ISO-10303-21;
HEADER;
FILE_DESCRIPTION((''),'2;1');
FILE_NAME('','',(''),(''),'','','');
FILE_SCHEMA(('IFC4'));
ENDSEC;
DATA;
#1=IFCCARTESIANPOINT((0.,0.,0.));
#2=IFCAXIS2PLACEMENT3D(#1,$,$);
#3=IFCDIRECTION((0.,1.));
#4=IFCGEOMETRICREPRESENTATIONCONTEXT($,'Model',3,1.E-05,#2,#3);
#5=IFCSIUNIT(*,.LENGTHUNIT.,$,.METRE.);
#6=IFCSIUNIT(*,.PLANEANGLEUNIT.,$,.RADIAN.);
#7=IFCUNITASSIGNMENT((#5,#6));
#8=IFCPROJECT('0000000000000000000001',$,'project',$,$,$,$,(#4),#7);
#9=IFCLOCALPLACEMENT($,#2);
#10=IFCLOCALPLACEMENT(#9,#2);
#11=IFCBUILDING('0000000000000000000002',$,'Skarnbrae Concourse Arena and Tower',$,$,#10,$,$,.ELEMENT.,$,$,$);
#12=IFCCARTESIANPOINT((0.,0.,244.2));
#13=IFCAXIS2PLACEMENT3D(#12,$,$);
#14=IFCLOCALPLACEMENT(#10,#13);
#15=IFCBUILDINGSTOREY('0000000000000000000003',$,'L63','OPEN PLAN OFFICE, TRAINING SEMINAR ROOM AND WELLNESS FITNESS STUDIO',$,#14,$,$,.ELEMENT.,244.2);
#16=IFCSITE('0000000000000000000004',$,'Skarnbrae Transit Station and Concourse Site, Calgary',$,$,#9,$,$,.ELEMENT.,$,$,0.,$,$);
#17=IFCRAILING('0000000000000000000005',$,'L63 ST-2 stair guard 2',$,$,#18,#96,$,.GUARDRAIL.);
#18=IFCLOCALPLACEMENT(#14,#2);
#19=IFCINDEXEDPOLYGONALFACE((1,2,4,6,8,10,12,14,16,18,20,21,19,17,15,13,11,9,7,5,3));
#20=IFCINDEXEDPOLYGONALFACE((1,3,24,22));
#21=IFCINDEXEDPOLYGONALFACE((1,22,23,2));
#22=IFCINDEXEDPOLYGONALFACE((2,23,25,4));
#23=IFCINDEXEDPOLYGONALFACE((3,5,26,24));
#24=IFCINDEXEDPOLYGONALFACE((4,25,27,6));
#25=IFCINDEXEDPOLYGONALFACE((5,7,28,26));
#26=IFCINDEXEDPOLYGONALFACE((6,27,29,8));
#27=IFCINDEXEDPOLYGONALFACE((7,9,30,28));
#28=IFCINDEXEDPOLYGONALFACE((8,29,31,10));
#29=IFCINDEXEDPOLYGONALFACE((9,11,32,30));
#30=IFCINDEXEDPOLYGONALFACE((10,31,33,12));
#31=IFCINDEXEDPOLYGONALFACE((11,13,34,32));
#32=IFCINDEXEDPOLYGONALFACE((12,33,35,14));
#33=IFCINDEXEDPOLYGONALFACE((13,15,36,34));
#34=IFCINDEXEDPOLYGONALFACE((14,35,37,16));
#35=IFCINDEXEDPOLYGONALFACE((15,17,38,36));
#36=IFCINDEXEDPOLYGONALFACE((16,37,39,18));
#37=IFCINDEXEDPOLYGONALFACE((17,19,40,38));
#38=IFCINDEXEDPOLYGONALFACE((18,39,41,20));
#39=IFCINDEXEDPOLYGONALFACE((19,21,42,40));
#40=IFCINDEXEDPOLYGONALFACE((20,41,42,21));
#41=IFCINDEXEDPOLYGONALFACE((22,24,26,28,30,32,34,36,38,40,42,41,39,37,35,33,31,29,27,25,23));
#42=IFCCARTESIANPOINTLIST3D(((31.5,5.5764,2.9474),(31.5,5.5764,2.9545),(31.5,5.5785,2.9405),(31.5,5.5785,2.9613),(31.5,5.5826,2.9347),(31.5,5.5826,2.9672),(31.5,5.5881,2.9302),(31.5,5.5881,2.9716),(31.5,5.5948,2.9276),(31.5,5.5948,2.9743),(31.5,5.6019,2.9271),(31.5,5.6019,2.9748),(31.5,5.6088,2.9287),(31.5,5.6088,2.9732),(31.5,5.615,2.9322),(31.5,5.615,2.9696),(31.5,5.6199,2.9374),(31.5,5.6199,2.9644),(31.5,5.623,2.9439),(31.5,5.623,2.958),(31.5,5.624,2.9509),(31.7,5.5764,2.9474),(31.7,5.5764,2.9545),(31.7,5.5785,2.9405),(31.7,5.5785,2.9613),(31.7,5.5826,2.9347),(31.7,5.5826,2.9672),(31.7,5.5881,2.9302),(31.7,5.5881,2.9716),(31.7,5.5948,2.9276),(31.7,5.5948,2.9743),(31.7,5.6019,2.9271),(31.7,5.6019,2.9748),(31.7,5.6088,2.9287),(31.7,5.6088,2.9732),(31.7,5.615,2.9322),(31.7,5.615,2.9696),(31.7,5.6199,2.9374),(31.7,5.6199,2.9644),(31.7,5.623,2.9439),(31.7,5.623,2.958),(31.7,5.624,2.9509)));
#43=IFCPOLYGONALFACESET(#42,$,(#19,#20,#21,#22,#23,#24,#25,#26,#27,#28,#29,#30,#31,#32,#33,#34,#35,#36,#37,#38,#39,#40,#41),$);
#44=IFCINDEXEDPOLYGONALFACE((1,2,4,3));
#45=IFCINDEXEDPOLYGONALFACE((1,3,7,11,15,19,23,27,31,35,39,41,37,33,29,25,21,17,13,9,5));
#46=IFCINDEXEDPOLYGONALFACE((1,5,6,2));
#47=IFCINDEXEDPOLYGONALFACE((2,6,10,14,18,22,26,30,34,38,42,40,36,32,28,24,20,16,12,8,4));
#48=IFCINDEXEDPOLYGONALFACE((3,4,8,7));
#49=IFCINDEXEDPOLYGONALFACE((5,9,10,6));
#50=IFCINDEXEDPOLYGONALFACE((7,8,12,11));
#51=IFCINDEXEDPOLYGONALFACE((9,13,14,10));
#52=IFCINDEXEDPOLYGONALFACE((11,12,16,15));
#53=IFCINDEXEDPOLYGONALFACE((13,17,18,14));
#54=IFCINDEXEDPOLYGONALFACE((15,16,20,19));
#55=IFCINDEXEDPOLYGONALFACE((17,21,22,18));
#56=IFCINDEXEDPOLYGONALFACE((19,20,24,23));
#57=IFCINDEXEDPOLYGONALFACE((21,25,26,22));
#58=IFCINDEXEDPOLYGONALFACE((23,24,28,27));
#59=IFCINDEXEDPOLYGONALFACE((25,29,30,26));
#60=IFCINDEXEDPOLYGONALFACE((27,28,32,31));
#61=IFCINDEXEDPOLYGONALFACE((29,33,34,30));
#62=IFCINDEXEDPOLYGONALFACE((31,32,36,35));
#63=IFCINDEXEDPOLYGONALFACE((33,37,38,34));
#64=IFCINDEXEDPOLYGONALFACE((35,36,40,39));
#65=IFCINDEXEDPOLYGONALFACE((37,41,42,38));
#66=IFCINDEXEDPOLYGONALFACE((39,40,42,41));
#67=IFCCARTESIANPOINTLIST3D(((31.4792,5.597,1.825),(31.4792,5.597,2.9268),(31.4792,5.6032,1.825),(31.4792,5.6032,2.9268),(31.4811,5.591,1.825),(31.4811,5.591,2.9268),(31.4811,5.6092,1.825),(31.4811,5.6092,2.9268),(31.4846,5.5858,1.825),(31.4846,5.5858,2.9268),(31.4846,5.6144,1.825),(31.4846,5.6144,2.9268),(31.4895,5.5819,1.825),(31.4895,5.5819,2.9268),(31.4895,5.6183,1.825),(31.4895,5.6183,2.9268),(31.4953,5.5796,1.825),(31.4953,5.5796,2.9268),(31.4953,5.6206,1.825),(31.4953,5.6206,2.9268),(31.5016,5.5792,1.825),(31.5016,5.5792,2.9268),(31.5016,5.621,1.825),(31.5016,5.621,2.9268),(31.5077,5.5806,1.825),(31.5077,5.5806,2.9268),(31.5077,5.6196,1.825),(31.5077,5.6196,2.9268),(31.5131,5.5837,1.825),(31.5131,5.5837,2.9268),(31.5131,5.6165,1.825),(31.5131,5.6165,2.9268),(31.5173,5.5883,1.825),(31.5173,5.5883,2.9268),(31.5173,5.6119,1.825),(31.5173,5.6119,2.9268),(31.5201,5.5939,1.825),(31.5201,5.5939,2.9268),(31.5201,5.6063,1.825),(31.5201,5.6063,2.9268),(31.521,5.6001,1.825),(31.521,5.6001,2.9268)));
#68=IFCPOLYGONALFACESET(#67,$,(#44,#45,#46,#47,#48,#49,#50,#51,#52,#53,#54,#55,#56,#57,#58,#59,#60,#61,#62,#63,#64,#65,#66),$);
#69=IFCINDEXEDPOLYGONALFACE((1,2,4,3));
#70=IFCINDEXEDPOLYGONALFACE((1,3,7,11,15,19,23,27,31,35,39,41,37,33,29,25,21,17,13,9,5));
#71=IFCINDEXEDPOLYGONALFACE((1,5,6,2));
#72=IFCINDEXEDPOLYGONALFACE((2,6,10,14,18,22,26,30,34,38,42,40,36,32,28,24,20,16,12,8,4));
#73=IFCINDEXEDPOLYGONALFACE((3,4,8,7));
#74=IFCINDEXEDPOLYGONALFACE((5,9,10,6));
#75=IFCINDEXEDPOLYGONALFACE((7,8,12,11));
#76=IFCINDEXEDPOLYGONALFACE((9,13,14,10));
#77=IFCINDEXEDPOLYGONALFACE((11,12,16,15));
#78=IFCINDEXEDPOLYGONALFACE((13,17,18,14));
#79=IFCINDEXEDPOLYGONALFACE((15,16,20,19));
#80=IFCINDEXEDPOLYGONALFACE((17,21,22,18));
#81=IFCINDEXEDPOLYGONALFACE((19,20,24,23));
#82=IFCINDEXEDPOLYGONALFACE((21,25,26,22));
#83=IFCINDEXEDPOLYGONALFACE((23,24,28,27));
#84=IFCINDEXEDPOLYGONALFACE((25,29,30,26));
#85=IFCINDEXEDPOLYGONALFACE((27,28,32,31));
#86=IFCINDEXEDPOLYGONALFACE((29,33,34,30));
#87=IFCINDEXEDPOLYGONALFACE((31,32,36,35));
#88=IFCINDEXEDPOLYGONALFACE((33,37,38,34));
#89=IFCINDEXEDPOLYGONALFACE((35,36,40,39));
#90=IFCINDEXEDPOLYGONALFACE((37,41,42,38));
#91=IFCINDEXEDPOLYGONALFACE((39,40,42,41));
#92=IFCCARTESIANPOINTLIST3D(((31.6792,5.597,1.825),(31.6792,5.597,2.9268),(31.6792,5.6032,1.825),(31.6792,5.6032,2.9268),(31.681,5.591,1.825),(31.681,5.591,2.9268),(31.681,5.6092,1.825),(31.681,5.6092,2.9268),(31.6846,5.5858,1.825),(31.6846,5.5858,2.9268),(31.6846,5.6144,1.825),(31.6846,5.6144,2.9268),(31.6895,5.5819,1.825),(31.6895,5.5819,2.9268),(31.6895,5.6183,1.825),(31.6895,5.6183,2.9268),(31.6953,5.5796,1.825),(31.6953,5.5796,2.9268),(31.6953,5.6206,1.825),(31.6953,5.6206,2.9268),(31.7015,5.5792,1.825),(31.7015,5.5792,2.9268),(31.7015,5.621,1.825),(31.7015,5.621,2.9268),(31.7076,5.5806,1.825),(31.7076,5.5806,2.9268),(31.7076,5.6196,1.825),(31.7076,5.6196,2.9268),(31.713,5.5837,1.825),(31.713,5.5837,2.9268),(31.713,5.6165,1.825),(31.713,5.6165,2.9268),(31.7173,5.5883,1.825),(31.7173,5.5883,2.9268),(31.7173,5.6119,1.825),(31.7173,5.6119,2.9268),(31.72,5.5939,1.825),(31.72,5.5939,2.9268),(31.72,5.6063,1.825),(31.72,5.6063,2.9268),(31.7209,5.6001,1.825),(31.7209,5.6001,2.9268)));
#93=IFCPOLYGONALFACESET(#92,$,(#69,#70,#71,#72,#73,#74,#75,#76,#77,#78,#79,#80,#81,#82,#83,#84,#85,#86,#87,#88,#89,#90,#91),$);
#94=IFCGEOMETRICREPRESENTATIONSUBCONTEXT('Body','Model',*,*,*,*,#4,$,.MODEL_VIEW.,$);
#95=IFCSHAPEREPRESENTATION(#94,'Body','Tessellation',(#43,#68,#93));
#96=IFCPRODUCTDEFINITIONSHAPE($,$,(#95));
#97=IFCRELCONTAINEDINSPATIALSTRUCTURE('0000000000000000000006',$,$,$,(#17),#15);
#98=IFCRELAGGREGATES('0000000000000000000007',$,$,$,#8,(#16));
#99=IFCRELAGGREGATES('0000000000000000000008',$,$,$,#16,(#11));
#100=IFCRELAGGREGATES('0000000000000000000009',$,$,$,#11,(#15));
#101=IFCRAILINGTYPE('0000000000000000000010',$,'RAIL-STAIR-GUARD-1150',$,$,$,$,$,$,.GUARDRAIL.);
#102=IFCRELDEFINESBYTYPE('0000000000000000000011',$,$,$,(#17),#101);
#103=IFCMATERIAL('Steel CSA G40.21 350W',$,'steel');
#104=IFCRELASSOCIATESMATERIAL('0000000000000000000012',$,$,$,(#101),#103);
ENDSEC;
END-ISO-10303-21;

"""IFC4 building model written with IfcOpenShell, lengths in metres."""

from ifc_helpers import new_model, si_unit, direction, frame, origin, origin_2d, place, context, subcontext, project, spatial, circle, extrude, material, type_object, element, save


model = new_model("IFC4")

# Units and contexts
model_context = context("Model", 3, precision=1e-05, world=origin(), true_north=direction((0.0, 1.0)))
body_context = subcontext(model_context, "Body", "Model", "MODEL_VIEW")
ifc_project = project(units=[si_unit("LENGTHUNIT", "METRE"), si_unit("PLANEANGLEUNIT", "RADIAN")], contexts=[model_context])

# Site, building, storey
site_placement = place(None, origin())
site = spatial("IfcSite", under=ifc_project, at=site_placement, Name="Skarnbrae Transit Station and Concourse Site, Calgary", CompositionType="ELEMENT", RefElevation=0.0)
building_placement = place(site_placement, origin())
building = spatial("IfcBuilding", under=site, at=building_placement, Name="Skarnbrae Concourse Arena and Tower", CompositionType="ELEMENT")
storey_placement = place(building_placement, frame((0.0, 0.0, 244.2)))
storey = spatial("IfcBuildingStorey", under=building, at=storey_placement, Name="L63", Description="OPEN PLAN OFFICE, TRAINING SEMINAR ROOM AND WELLNESS FITNESS STUDIO", CompositionType="ELEMENT", Elevation=244.2)

# Shared definitions
ifc_material_1 = material(Name="Steel CSA G40.21 350W", Category="steel")

# Railing
railing_type_1 = type_object("IfcRailingType", Name="RAIL-STAIR-GUARD-1150", PredefinedType="GUARDRAIL", material=ifc_material_1)
railing_1_placement = place(storey_placement, frame((31.5, 5.6001, 1.825)))
element("IfcRailing", 1, at=railing_1_placement, inside=storey, type_object=railing_type_1, Name="L63 ST-2 stair guard 2", PredefinedType="GUARDRAIL", context=body_context, shape_type="SweptSolid", body=[
    extrude(circle(Radius=0.0239, at=origin_2d()), frame((0.0, 0.0, 1.126), z_axis=(1.0, 0.0, 0.0), x_axis=(0.0, 1.0, 0.0)), (0.0, 0.0, 1.0), 0.2),
    extrude(circle(Radius=0.021, at=origin_2d()), origin(), (0.0, 0.0, 1.0), 1.1018),
    extrude(circle(Radius=0.021, at=origin_2d()), frame((0.2, 0.0, 0.0)), (0.0, 0.0, 1.0), 1.1018),
])

save(model, "model.ifc")
